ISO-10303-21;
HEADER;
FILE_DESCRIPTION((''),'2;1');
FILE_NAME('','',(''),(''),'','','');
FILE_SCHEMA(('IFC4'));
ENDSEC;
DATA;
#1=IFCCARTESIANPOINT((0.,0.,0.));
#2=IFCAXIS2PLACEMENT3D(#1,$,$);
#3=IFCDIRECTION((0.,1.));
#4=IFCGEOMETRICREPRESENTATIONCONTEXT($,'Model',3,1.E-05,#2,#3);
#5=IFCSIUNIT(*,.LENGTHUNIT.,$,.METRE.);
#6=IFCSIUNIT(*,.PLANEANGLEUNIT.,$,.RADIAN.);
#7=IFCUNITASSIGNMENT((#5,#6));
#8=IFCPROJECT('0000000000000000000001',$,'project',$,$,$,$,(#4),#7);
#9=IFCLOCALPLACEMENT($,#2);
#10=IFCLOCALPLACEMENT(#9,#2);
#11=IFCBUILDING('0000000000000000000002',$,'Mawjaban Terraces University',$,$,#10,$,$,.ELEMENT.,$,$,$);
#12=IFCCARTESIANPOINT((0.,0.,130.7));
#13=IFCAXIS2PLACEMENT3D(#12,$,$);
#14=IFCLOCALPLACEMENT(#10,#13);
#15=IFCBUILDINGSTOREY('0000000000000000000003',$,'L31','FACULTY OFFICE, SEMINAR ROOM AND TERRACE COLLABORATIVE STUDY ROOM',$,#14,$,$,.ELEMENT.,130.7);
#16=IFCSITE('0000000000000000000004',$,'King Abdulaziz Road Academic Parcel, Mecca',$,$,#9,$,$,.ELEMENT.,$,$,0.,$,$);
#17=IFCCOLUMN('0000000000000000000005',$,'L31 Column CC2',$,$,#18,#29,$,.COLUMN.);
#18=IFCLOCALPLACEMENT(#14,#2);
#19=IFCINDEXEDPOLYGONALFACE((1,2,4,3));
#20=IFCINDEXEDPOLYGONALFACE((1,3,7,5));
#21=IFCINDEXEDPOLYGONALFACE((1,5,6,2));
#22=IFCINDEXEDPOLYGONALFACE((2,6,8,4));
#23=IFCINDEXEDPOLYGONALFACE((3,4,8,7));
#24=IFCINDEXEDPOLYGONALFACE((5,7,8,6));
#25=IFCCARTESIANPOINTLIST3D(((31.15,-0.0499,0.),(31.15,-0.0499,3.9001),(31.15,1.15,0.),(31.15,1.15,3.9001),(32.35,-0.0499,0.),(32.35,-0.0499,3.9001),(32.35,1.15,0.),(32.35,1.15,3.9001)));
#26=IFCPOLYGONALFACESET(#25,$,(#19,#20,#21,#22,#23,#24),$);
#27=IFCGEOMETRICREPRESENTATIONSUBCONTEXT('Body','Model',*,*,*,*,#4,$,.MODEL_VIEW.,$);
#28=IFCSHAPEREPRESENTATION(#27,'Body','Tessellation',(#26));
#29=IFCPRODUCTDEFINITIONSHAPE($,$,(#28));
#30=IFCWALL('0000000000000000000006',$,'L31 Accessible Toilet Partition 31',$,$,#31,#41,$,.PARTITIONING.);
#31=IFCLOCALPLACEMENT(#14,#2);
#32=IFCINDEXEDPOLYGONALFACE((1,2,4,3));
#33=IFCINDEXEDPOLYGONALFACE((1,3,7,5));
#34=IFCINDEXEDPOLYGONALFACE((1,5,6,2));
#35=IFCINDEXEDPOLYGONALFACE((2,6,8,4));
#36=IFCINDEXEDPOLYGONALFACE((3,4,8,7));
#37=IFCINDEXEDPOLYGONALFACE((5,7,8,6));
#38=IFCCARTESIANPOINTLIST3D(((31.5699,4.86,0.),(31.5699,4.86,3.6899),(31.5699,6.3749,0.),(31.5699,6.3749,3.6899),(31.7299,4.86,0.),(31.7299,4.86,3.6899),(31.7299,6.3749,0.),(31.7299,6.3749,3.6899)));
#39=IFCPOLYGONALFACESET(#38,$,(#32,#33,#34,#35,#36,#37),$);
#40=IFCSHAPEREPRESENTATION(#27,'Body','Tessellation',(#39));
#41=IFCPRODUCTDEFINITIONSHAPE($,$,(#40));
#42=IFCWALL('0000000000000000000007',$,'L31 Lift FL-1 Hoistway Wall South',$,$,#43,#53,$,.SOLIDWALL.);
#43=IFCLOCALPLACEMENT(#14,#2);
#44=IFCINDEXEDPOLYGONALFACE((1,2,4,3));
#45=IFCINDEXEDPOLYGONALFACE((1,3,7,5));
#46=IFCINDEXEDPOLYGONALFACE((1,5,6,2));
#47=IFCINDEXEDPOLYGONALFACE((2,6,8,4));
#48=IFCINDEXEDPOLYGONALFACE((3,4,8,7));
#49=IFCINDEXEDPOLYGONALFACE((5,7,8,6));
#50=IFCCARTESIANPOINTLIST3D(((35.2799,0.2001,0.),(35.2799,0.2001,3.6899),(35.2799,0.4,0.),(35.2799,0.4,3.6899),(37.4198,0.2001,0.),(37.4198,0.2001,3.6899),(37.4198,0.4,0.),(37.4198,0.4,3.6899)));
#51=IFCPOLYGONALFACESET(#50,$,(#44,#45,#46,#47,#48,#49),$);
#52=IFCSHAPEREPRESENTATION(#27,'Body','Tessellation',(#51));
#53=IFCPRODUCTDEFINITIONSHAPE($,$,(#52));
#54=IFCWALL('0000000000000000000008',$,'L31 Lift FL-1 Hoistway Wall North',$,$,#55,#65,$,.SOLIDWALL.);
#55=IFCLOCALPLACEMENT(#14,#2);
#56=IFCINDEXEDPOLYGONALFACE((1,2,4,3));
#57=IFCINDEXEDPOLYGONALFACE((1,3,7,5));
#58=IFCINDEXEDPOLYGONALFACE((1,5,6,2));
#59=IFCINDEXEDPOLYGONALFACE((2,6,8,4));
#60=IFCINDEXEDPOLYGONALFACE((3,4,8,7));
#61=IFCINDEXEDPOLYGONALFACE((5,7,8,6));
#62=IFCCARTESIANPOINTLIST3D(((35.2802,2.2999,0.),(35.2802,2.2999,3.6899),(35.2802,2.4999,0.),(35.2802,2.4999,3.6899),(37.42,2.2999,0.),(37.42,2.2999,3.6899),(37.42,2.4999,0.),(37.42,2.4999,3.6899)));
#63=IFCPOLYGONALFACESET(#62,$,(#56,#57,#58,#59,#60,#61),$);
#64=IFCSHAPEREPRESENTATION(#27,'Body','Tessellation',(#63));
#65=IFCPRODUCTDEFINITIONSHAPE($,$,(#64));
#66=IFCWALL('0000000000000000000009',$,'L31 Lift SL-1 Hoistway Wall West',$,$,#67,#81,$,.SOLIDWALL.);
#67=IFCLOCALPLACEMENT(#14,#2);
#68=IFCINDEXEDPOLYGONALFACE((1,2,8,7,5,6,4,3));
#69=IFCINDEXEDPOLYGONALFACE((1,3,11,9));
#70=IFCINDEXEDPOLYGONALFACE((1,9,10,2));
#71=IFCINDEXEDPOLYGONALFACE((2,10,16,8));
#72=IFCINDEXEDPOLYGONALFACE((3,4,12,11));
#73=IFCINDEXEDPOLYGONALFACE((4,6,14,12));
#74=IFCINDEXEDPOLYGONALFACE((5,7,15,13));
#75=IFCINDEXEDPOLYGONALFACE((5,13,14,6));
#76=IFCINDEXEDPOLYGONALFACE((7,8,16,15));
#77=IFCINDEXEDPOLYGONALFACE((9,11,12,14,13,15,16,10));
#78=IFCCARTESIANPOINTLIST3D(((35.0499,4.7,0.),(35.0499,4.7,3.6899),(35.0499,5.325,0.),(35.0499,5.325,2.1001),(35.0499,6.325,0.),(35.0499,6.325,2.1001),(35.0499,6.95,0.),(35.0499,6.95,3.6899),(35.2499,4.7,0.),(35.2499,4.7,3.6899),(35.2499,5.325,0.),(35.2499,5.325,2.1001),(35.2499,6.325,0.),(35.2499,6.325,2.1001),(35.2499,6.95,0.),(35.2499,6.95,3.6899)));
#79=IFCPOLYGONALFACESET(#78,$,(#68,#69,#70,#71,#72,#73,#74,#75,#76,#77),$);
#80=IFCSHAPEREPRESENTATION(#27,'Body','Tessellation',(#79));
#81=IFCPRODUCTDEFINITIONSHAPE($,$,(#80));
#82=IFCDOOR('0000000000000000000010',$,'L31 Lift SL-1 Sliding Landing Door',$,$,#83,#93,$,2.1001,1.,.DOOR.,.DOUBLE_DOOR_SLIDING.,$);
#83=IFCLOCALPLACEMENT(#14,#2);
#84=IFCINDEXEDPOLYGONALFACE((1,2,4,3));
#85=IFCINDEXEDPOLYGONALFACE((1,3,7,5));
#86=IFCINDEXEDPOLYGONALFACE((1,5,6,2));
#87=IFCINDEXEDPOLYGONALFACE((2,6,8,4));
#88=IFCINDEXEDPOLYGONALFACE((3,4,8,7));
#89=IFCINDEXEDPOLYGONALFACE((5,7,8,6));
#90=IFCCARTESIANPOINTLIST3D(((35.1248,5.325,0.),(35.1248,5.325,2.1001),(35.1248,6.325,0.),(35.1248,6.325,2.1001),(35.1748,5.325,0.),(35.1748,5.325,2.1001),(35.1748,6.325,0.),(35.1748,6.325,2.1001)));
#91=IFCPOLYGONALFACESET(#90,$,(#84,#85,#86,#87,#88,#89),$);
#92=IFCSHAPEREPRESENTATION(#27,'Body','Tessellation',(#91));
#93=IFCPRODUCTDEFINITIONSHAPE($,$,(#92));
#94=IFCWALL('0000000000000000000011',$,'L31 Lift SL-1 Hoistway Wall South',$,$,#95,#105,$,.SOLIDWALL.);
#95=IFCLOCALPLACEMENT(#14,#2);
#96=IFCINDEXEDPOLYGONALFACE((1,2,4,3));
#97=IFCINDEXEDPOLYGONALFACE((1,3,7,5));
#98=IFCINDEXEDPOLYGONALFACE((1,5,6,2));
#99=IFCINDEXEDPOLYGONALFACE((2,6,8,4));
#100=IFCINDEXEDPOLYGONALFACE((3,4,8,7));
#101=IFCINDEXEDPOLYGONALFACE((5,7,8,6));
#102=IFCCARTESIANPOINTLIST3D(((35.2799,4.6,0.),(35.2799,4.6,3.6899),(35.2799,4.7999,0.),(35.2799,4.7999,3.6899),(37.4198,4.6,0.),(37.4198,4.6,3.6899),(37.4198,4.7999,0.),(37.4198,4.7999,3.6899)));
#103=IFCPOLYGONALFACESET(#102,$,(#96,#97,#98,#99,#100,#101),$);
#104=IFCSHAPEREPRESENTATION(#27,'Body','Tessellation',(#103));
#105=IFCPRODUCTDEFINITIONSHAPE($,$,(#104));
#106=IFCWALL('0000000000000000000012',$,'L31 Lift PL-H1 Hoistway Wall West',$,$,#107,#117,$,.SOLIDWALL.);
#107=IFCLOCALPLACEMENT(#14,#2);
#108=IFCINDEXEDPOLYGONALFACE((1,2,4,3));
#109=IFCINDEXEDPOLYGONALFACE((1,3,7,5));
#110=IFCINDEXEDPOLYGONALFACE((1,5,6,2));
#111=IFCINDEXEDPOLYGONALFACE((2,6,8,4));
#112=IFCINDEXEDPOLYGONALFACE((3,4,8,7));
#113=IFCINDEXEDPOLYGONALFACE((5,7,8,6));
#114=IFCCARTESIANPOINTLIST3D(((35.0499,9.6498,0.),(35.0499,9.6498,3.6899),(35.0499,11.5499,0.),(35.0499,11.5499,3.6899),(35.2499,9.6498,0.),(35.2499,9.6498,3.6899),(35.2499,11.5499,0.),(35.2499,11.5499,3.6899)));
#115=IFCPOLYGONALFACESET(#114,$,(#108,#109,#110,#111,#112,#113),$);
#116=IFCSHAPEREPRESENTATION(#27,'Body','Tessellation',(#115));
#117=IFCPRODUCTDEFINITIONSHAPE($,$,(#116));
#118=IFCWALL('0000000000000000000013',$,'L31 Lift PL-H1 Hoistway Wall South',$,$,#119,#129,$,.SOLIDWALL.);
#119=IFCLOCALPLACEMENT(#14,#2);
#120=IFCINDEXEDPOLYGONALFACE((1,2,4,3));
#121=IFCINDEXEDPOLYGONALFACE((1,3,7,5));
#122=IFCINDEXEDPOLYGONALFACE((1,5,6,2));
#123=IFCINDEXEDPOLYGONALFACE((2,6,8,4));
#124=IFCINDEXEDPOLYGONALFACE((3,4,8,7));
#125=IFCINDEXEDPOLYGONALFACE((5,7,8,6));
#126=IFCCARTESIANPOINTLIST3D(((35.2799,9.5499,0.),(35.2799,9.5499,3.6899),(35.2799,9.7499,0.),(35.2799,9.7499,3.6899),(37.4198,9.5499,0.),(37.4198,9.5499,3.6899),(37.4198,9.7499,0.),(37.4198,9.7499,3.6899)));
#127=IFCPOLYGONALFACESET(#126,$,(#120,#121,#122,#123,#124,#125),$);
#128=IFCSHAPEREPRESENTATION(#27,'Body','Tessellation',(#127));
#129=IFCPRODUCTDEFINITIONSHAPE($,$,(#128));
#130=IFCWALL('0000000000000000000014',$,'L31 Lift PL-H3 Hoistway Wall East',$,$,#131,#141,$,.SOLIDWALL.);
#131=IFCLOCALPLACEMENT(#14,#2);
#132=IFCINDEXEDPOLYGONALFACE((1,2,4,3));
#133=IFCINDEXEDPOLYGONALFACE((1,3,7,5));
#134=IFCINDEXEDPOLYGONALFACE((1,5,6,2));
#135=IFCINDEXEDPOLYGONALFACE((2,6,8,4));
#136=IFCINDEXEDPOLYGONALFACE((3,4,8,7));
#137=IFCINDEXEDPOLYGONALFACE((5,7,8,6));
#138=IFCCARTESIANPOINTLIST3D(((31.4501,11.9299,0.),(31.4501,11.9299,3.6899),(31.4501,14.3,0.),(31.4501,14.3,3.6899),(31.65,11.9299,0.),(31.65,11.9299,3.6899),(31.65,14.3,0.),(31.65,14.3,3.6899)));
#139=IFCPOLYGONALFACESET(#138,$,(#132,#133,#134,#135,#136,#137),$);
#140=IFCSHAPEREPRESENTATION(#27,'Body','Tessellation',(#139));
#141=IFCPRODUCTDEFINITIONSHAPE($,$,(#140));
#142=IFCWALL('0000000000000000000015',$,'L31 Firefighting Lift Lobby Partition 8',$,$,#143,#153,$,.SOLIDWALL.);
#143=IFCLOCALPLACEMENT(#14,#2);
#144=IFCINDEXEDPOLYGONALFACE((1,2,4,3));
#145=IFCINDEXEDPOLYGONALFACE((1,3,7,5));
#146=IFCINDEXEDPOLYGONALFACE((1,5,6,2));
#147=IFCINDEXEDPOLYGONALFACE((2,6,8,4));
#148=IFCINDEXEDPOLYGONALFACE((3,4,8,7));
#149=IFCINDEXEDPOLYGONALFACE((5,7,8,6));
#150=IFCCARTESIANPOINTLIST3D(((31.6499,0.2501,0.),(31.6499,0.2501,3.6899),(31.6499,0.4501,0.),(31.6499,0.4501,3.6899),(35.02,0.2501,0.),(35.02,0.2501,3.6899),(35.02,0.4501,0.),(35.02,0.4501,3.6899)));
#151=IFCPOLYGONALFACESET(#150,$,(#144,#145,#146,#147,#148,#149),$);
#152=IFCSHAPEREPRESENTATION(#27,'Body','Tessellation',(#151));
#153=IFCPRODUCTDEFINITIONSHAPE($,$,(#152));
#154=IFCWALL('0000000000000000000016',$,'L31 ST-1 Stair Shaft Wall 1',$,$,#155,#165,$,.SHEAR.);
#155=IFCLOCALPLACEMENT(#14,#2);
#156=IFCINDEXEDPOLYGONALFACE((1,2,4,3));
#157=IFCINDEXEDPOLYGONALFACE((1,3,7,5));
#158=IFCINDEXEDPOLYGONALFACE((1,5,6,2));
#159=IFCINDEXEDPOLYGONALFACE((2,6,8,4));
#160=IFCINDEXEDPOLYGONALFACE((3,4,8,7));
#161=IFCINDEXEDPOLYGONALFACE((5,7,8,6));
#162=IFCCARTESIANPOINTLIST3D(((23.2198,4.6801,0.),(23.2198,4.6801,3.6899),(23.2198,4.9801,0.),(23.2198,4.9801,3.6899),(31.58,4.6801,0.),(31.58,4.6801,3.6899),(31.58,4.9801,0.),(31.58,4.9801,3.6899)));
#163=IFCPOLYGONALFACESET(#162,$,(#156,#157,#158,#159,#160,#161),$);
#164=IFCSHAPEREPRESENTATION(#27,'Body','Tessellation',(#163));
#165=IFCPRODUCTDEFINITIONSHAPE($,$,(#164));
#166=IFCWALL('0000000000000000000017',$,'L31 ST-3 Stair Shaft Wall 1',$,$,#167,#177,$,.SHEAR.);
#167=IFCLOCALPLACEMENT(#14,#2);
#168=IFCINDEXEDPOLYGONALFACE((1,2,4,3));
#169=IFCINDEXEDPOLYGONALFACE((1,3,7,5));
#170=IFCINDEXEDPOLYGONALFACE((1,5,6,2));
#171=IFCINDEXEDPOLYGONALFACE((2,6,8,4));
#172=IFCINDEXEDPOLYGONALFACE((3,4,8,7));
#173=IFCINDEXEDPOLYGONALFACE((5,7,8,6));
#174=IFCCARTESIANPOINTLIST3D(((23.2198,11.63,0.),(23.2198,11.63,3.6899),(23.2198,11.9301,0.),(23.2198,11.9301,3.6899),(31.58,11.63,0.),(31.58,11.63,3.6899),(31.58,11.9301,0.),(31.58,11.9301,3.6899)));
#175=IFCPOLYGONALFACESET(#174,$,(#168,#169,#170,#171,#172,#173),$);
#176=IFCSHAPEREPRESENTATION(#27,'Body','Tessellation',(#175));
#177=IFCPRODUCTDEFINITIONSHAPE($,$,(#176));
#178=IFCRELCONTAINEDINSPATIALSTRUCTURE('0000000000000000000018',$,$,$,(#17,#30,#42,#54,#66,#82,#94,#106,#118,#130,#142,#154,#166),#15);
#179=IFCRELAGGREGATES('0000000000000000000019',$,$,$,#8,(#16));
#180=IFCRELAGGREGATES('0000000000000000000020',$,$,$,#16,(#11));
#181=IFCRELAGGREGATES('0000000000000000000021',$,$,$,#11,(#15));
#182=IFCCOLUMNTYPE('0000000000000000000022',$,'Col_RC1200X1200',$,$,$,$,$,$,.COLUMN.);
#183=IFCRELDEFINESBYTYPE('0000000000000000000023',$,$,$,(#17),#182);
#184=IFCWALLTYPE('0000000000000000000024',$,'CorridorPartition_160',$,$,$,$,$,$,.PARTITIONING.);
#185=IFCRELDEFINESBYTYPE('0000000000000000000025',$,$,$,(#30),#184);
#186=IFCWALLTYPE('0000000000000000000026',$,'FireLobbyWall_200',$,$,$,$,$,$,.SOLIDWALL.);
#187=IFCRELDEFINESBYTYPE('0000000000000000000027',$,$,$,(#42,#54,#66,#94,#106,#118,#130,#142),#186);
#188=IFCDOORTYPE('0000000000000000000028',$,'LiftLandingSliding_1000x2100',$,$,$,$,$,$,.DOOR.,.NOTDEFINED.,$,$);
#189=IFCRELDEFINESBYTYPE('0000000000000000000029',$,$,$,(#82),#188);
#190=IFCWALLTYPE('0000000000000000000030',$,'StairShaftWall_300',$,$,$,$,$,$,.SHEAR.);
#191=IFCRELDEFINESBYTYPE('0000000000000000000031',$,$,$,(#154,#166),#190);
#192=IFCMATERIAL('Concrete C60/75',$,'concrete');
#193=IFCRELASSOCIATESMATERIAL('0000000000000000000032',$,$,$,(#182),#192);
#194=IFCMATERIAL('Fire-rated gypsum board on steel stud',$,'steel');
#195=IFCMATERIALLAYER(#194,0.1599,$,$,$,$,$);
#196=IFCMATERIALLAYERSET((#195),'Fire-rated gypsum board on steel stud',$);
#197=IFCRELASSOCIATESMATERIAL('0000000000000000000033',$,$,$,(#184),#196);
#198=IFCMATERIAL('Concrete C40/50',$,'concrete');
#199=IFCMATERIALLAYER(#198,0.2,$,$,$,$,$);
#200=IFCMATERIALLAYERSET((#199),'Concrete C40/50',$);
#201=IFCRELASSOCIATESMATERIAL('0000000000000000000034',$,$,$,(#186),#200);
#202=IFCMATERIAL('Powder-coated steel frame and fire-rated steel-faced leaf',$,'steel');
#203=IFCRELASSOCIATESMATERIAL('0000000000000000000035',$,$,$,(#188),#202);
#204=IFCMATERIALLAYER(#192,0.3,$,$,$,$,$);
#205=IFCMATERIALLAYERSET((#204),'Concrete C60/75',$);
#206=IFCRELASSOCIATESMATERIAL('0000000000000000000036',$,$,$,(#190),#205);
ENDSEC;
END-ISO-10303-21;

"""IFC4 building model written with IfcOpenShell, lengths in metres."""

from ifc_helpers import new_model, si_unit, direction, frame, frame_2d, origin, origin_2d, place, context, subcontext, project, spatial, rectangle, extrude, material, layer, layer_set, material_profile, profile_set, type_object, element, fill, save


model = new_model("IFC4")

# Units and contexts
model_context = context("Model", 3, precision=1e-05, world=origin(), true_north=direction((0.0, 1.0)))
body_context = subcontext(model_context, "Body", "Model", "MODEL_VIEW")
ifc_project = project(units=[si_unit("LENGTHUNIT", "METRE"), si_unit("PLANEANGLEUNIT", "RADIAN")], contexts=[model_context])

# Site, building, storey
site_placement = place(None, origin())
site = spatial("IfcSite", under=ifc_project, at=site_placement, Name="King Abdulaziz Road Academic Parcel, Mecca", CompositionType="ELEMENT", RefElevation=0.0)
building_placement = place(site_placement, origin())
building = spatial("IfcBuilding", under=site, at=building_placement, Name="Mawjaban Terraces University", CompositionType="ELEMENT")
storey_placement = place(building_placement, frame((0.0, 0.0, 130.7)))
storey = spatial("IfcBuildingStorey", under=building, at=storey_placement, Name="L31", Description="FACULTY OFFICE, SEMINAR ROOM AND TERRACE COLLABORATIVE STUDY ROOM", CompositionType="ELEMENT", Elevation=130.7)

# Column
ifc_material_1 = material(Name="Concrete C60/75", Category="concrete")
ifc_material_profile = material_profile(ifc_material_1, rectangle(XDim=1.2, YDim=1.2, at=origin_2d()), Name="RC1200X1200")
ifc_profile_set = profile_set([ifc_material_profile], Name="Concrete C60/75")
column_type = type_object("IfcColumnType", Name="Col_RC1200X1200", PredefinedType="COLUMN", material=ifc_profile_set)
column_placement = place(storey_placement, frame((31.75, 0.55, 0.0), z_axis=(0.0, 0.0, 1.0), x_axis=(1.0, 0.0, 0.0)))
element("IfcColumn", 1, at=column_placement, inside=storey, type_object=column_type, Name="L31 Column CC2", PredefinedType="COLUMN", context=body_context, shape_type="SweptSolid", body=[
    extrude(rectangle(XDim=1.2, YDim=1.2, at=origin_2d()), origin(), (0.0, 0.0, 1.0), 3.9001),
])

# Wall
ifc_material_2 = material(Name="Fire-rated gypsum board on steel stud", Category="steel")
ifc_layer_1 = layer(ifc_material_2, 0.1599)
ifc_layer_set_1 = layer_set([ifc_layer_1], Name="Fire-rated gypsum board on steel stud")
wall_type_1 = type_object("IfcWallType", Name="CorridorPartition_160", PredefinedType="PARTITIONING", material=ifc_layer_set_1)
wall_1_placement = place(storey_placement, frame((31.6499, 4.8601, 0.0), z_axis=(0.0, 0.0, 1.0), x_axis=(0.0, 1.0, 0.0)))
element("IfcWall", 2, at=wall_1_placement, inside=storey, type_object=wall_type_1, Name="L31 Accessible Toilet Partition 31", PredefinedType="PARTITIONING", context=body_context, shape_type="SweptSolid", body=[
    extrude(rectangle(XDim=1.5149, YDim=0.1599, at=frame_2d((0.7573, 0.0))), origin(), (0.0, 0.0, 1.0), 3.6899),
])

# Shared definitions
ifc_material_3 = material(Name="Concrete C40/50", Category="concrete")
ifc_layer_2 = layer(ifc_material_3, 0.2)
ifc_layer_set_2 = layer_set([ifc_layer_2], Name="Concrete C40/50")
wall_type_2 = type_object("IfcWallType", Name="FireLobbyWall_200", PredefinedType="SOLIDWALL", material=ifc_layer_set_2)
ifc_material_4 = material(Name="Powder-coated steel frame and fire-rated steel-faced leaf", Category="steel")

# Walls
for number, where, z_axis, x_axis, name in (
    (3, (35.28, 0.3, 0.0), (0.0, 0.0, 1.0), (1.0, 0.0, 0.0), "L31 Lift FL-1 Hoistway Wall South"),
    (4, (37.4199, 2.3999, 0.0), (0.0, 0.0, 1.0), (-1.0, 0.0, 0.0), "L31 Lift FL-1 Hoistway Wall North"),
):
    element("IfcWall", number, at=place(storey_placement, frame(where, z_axis=z_axis, x_axis=x_axis)), inside=storey, type_object=wall_type_2, Name=name, PredefinedType="SOLIDWALL", context=body_context, shape_type="SweptSolid", body=[
        extrude(rectangle(XDim=2.1399, YDim=0.2, at=frame_2d((1.0698, 0.0))), origin(), (0.0, 0.0, 1.0), 3.6899),
    ])

# Wall, opening, door
wall_2_placement = place(storey_placement, frame((35.1499, 6.95, 0.0), z_axis=(0.0, 0.0, 1.0), x_axis=(0.0, -1.0, 0.0)))
wall_2 = element("IfcWall", 5, at=wall_2_placement, inside=storey, type_object=wall_type_2, Name="L31 Lift SL-1 Hoistway Wall West", PredefinedType="SOLIDWALL", context=body_context, shape_type="SweptSolid", body=[
    extrude(rectangle(XDim=2.25, YDim=0.2, at=frame_2d((1.125, 0.0))), origin(), (0.0, 0.0, 1.0), 3.6899),
])
opening_1_placement = place(wall_2_placement, frame((0.625, 0.0, 0.0)))
opening_1 = element("IfcOpeningElement", 6, at=opening_1_placement, cuts=wall_2, PredefinedType="OPENING", context=body_context, shape_type="SweptSolid", body=[
    extrude(rectangle(XDim=1.0, YDim=2.1001, at=frame_2d((0.5, 1.05))), frame((0.0, 0.1099, 0.0), z_axis=(0.0, -1.0, 0.0), x_axis=(1.0, 0.0, 0.0)), (0.0, 0.0, 1.0), 0.22),
])
door_type_1 = type_object("IfcDoorType", Name="LiftLandingSliding_1000x2100", OperationType="NOTDEFINED", PredefinedType="DOOR", material=ifc_material_4)
door_1_placement = place(opening_1_placement, origin())
door_1 = element("IfcDoor", 7, at=door_1_placement, inside=storey, type_object=door_type_1, Name="L31 Lift SL-1 Sliding Landing Door", OperationType="DOUBLE_DOOR_SLIDING", OverallHeight=2.1001, OverallWidth=1.0, PredefinedType="DOOR", context=body_context, shape_type="SweptSolid", body=[
    extrude(rectangle(XDim=1.0, YDim=2.1001, at=frame_2d((0.5, 1.05))), frame((0.0, 0.0249, 0.0), z_axis=(0.0, -1.0, 0.0), x_axis=(1.0, 0.0, 0.0)), (0.0, 0.0, 1.0), 0.05),
])
fill(opening_1, door_1)

# Walls
wall_3_placement = place(storey_placement, frame((35.28, 4.7, 0.0), z_axis=(0.0, 0.0, 1.0), x_axis=(1.0, 0.0, 0.0)))
element("IfcWall", 8, at=wall_3_placement, inside=storey, type_object=wall_type_2, Name="L31 Lift SL-1 Hoistway Wall South", PredefinedType="SOLIDWALL", context=body_context, shape_type="SweptSolid", body=[
    extrude(rectangle(XDim=2.1399, YDim=0.2, at=frame_2d((1.0698, 0.0))), origin(), (0.0, 0.0, 1.0), 3.6899),
])
wall_4_placement = place(storey_placement, frame((35.1499, 11.55, 0.0), z_axis=(0.0, 0.0, 1.0), x_axis=(0.0, -1.0, 0.0)))
element("IfcWall", 9, at=wall_4_placement, inside=storey, type_object=wall_type_2, Name="L31 Lift PL-H1 Hoistway Wall West", PredefinedType="SOLIDWALL", context=body_context, shape_type="SweptSolid", body=[
    extrude(rectangle(XDim=1.9001, YDim=0.2, at=frame_2d((0.9502, 0.0))), origin(), (0.0, 0.0, 1.0), 3.6899),
])
wall_5_placement = place(storey_placement, frame((35.28, 9.6499, 0.0), z_axis=(0.0, 0.0, 1.0), x_axis=(1.0, 0.0, 0.0)))
element("IfcWall", 10, at=wall_5_placement, inside=storey, type_object=wall_type_2, Name="L31 Lift PL-H1 Hoistway Wall South", PredefinedType="SOLIDWALL", context=body_context, shape_type="SweptSolid", body=[
    extrude(rectangle(XDim=2.1399, YDim=0.2, at=frame_2d((1.0698, 0.0))), origin(), (0.0, 0.0, 1.0), 3.6899),
])
wall_6_placement = place(storey_placement, frame((31.55, 11.9299, 0.0), z_axis=(0.0, 0.0, 1.0), x_axis=(0.0, 1.0, 0.0)))
element("IfcWall", 11, at=wall_6_placement, inside=storey, type_object=wall_type_2, Name="L31 Lift PL-H3 Hoistway Wall East", PredefinedType="SOLIDWALL", context=body_context, shape_type="SweptSolid", body=[
    extrude(rectangle(XDim=2.3701, YDim=0.2, at=frame_2d((1.1851, 0.0))), origin(), (0.0, 0.0, 1.0), 3.6899),
])
wall_7_placement = place(storey_placement, frame((31.6499, 0.3501, 0.0), z_axis=(0.0, 0.0, 1.0), x_axis=(1.0, 0.0, 0.0)))
element("IfcWall", 12, at=wall_7_placement, inside=storey, type_object=wall_type_2, Name="L31 Firefighting Lift Lobby Partition 8", PredefinedType="SOLIDWALL", context=body_context, shape_type="SweptSolid", body=[
    extrude(rectangle(XDim=3.3701, YDim=0.2, at=frame_2d((1.6851, 0.0))), origin(), (0.0, 0.0, 1.0), 3.6899),
])

# Wall
ifc_layer_3 = layer(ifc_material_1, 0.3)
ifc_layer_set_3 = layer_set([ifc_layer_3], Name="Concrete C60/75")
wall_type_3 = type_object("IfcWallType", Name="StairShaftWall_300", PredefinedType="SHEAR", material=ifc_layer_set_3)
wall_8_placement = place(storey_placement, frame((31.5801, 4.8301, 0.0), z_axis=(0.0, 0.0, 1.0), x_axis=(-1.0, 0.0, 0.0)))
element("IfcWall", 13, at=wall_8_placement, inside=storey, type_object=wall_type_3, Name="L31 ST-1 Stair Shaft Wall 1", PredefinedType="SHEAR", context=body_context, shape_type="SweptSolid", body=[
    extrude(rectangle(XDim=8.3601, YDim=0.3, at=frame_2d((4.1802, 0.0))), origin(), (0.0, 0.0, 1.0), 3.6899),
])

# Wall
wall_9_placement = place(storey_placement, frame((31.5801, 11.78, 0.0), z_axis=(0.0, 0.0, 1.0), x_axis=(-1.0, 0.0, 0.0)))
element("IfcWall", 14, at=wall_9_placement, inside=storey, type_object=wall_type_3, Name="L31 ST-3 Stair Shaft Wall 1", PredefinedType="SHEAR", context=body_context, shape_type="SweptSolid", body=[
    extrude(rectangle(XDim=8.3601, YDim=0.3, at=frame_2d((4.1802, 0.0))), origin(), (0.0, 0.0, 1.0), 3.6899),
])

save(model, "model.ifc")
